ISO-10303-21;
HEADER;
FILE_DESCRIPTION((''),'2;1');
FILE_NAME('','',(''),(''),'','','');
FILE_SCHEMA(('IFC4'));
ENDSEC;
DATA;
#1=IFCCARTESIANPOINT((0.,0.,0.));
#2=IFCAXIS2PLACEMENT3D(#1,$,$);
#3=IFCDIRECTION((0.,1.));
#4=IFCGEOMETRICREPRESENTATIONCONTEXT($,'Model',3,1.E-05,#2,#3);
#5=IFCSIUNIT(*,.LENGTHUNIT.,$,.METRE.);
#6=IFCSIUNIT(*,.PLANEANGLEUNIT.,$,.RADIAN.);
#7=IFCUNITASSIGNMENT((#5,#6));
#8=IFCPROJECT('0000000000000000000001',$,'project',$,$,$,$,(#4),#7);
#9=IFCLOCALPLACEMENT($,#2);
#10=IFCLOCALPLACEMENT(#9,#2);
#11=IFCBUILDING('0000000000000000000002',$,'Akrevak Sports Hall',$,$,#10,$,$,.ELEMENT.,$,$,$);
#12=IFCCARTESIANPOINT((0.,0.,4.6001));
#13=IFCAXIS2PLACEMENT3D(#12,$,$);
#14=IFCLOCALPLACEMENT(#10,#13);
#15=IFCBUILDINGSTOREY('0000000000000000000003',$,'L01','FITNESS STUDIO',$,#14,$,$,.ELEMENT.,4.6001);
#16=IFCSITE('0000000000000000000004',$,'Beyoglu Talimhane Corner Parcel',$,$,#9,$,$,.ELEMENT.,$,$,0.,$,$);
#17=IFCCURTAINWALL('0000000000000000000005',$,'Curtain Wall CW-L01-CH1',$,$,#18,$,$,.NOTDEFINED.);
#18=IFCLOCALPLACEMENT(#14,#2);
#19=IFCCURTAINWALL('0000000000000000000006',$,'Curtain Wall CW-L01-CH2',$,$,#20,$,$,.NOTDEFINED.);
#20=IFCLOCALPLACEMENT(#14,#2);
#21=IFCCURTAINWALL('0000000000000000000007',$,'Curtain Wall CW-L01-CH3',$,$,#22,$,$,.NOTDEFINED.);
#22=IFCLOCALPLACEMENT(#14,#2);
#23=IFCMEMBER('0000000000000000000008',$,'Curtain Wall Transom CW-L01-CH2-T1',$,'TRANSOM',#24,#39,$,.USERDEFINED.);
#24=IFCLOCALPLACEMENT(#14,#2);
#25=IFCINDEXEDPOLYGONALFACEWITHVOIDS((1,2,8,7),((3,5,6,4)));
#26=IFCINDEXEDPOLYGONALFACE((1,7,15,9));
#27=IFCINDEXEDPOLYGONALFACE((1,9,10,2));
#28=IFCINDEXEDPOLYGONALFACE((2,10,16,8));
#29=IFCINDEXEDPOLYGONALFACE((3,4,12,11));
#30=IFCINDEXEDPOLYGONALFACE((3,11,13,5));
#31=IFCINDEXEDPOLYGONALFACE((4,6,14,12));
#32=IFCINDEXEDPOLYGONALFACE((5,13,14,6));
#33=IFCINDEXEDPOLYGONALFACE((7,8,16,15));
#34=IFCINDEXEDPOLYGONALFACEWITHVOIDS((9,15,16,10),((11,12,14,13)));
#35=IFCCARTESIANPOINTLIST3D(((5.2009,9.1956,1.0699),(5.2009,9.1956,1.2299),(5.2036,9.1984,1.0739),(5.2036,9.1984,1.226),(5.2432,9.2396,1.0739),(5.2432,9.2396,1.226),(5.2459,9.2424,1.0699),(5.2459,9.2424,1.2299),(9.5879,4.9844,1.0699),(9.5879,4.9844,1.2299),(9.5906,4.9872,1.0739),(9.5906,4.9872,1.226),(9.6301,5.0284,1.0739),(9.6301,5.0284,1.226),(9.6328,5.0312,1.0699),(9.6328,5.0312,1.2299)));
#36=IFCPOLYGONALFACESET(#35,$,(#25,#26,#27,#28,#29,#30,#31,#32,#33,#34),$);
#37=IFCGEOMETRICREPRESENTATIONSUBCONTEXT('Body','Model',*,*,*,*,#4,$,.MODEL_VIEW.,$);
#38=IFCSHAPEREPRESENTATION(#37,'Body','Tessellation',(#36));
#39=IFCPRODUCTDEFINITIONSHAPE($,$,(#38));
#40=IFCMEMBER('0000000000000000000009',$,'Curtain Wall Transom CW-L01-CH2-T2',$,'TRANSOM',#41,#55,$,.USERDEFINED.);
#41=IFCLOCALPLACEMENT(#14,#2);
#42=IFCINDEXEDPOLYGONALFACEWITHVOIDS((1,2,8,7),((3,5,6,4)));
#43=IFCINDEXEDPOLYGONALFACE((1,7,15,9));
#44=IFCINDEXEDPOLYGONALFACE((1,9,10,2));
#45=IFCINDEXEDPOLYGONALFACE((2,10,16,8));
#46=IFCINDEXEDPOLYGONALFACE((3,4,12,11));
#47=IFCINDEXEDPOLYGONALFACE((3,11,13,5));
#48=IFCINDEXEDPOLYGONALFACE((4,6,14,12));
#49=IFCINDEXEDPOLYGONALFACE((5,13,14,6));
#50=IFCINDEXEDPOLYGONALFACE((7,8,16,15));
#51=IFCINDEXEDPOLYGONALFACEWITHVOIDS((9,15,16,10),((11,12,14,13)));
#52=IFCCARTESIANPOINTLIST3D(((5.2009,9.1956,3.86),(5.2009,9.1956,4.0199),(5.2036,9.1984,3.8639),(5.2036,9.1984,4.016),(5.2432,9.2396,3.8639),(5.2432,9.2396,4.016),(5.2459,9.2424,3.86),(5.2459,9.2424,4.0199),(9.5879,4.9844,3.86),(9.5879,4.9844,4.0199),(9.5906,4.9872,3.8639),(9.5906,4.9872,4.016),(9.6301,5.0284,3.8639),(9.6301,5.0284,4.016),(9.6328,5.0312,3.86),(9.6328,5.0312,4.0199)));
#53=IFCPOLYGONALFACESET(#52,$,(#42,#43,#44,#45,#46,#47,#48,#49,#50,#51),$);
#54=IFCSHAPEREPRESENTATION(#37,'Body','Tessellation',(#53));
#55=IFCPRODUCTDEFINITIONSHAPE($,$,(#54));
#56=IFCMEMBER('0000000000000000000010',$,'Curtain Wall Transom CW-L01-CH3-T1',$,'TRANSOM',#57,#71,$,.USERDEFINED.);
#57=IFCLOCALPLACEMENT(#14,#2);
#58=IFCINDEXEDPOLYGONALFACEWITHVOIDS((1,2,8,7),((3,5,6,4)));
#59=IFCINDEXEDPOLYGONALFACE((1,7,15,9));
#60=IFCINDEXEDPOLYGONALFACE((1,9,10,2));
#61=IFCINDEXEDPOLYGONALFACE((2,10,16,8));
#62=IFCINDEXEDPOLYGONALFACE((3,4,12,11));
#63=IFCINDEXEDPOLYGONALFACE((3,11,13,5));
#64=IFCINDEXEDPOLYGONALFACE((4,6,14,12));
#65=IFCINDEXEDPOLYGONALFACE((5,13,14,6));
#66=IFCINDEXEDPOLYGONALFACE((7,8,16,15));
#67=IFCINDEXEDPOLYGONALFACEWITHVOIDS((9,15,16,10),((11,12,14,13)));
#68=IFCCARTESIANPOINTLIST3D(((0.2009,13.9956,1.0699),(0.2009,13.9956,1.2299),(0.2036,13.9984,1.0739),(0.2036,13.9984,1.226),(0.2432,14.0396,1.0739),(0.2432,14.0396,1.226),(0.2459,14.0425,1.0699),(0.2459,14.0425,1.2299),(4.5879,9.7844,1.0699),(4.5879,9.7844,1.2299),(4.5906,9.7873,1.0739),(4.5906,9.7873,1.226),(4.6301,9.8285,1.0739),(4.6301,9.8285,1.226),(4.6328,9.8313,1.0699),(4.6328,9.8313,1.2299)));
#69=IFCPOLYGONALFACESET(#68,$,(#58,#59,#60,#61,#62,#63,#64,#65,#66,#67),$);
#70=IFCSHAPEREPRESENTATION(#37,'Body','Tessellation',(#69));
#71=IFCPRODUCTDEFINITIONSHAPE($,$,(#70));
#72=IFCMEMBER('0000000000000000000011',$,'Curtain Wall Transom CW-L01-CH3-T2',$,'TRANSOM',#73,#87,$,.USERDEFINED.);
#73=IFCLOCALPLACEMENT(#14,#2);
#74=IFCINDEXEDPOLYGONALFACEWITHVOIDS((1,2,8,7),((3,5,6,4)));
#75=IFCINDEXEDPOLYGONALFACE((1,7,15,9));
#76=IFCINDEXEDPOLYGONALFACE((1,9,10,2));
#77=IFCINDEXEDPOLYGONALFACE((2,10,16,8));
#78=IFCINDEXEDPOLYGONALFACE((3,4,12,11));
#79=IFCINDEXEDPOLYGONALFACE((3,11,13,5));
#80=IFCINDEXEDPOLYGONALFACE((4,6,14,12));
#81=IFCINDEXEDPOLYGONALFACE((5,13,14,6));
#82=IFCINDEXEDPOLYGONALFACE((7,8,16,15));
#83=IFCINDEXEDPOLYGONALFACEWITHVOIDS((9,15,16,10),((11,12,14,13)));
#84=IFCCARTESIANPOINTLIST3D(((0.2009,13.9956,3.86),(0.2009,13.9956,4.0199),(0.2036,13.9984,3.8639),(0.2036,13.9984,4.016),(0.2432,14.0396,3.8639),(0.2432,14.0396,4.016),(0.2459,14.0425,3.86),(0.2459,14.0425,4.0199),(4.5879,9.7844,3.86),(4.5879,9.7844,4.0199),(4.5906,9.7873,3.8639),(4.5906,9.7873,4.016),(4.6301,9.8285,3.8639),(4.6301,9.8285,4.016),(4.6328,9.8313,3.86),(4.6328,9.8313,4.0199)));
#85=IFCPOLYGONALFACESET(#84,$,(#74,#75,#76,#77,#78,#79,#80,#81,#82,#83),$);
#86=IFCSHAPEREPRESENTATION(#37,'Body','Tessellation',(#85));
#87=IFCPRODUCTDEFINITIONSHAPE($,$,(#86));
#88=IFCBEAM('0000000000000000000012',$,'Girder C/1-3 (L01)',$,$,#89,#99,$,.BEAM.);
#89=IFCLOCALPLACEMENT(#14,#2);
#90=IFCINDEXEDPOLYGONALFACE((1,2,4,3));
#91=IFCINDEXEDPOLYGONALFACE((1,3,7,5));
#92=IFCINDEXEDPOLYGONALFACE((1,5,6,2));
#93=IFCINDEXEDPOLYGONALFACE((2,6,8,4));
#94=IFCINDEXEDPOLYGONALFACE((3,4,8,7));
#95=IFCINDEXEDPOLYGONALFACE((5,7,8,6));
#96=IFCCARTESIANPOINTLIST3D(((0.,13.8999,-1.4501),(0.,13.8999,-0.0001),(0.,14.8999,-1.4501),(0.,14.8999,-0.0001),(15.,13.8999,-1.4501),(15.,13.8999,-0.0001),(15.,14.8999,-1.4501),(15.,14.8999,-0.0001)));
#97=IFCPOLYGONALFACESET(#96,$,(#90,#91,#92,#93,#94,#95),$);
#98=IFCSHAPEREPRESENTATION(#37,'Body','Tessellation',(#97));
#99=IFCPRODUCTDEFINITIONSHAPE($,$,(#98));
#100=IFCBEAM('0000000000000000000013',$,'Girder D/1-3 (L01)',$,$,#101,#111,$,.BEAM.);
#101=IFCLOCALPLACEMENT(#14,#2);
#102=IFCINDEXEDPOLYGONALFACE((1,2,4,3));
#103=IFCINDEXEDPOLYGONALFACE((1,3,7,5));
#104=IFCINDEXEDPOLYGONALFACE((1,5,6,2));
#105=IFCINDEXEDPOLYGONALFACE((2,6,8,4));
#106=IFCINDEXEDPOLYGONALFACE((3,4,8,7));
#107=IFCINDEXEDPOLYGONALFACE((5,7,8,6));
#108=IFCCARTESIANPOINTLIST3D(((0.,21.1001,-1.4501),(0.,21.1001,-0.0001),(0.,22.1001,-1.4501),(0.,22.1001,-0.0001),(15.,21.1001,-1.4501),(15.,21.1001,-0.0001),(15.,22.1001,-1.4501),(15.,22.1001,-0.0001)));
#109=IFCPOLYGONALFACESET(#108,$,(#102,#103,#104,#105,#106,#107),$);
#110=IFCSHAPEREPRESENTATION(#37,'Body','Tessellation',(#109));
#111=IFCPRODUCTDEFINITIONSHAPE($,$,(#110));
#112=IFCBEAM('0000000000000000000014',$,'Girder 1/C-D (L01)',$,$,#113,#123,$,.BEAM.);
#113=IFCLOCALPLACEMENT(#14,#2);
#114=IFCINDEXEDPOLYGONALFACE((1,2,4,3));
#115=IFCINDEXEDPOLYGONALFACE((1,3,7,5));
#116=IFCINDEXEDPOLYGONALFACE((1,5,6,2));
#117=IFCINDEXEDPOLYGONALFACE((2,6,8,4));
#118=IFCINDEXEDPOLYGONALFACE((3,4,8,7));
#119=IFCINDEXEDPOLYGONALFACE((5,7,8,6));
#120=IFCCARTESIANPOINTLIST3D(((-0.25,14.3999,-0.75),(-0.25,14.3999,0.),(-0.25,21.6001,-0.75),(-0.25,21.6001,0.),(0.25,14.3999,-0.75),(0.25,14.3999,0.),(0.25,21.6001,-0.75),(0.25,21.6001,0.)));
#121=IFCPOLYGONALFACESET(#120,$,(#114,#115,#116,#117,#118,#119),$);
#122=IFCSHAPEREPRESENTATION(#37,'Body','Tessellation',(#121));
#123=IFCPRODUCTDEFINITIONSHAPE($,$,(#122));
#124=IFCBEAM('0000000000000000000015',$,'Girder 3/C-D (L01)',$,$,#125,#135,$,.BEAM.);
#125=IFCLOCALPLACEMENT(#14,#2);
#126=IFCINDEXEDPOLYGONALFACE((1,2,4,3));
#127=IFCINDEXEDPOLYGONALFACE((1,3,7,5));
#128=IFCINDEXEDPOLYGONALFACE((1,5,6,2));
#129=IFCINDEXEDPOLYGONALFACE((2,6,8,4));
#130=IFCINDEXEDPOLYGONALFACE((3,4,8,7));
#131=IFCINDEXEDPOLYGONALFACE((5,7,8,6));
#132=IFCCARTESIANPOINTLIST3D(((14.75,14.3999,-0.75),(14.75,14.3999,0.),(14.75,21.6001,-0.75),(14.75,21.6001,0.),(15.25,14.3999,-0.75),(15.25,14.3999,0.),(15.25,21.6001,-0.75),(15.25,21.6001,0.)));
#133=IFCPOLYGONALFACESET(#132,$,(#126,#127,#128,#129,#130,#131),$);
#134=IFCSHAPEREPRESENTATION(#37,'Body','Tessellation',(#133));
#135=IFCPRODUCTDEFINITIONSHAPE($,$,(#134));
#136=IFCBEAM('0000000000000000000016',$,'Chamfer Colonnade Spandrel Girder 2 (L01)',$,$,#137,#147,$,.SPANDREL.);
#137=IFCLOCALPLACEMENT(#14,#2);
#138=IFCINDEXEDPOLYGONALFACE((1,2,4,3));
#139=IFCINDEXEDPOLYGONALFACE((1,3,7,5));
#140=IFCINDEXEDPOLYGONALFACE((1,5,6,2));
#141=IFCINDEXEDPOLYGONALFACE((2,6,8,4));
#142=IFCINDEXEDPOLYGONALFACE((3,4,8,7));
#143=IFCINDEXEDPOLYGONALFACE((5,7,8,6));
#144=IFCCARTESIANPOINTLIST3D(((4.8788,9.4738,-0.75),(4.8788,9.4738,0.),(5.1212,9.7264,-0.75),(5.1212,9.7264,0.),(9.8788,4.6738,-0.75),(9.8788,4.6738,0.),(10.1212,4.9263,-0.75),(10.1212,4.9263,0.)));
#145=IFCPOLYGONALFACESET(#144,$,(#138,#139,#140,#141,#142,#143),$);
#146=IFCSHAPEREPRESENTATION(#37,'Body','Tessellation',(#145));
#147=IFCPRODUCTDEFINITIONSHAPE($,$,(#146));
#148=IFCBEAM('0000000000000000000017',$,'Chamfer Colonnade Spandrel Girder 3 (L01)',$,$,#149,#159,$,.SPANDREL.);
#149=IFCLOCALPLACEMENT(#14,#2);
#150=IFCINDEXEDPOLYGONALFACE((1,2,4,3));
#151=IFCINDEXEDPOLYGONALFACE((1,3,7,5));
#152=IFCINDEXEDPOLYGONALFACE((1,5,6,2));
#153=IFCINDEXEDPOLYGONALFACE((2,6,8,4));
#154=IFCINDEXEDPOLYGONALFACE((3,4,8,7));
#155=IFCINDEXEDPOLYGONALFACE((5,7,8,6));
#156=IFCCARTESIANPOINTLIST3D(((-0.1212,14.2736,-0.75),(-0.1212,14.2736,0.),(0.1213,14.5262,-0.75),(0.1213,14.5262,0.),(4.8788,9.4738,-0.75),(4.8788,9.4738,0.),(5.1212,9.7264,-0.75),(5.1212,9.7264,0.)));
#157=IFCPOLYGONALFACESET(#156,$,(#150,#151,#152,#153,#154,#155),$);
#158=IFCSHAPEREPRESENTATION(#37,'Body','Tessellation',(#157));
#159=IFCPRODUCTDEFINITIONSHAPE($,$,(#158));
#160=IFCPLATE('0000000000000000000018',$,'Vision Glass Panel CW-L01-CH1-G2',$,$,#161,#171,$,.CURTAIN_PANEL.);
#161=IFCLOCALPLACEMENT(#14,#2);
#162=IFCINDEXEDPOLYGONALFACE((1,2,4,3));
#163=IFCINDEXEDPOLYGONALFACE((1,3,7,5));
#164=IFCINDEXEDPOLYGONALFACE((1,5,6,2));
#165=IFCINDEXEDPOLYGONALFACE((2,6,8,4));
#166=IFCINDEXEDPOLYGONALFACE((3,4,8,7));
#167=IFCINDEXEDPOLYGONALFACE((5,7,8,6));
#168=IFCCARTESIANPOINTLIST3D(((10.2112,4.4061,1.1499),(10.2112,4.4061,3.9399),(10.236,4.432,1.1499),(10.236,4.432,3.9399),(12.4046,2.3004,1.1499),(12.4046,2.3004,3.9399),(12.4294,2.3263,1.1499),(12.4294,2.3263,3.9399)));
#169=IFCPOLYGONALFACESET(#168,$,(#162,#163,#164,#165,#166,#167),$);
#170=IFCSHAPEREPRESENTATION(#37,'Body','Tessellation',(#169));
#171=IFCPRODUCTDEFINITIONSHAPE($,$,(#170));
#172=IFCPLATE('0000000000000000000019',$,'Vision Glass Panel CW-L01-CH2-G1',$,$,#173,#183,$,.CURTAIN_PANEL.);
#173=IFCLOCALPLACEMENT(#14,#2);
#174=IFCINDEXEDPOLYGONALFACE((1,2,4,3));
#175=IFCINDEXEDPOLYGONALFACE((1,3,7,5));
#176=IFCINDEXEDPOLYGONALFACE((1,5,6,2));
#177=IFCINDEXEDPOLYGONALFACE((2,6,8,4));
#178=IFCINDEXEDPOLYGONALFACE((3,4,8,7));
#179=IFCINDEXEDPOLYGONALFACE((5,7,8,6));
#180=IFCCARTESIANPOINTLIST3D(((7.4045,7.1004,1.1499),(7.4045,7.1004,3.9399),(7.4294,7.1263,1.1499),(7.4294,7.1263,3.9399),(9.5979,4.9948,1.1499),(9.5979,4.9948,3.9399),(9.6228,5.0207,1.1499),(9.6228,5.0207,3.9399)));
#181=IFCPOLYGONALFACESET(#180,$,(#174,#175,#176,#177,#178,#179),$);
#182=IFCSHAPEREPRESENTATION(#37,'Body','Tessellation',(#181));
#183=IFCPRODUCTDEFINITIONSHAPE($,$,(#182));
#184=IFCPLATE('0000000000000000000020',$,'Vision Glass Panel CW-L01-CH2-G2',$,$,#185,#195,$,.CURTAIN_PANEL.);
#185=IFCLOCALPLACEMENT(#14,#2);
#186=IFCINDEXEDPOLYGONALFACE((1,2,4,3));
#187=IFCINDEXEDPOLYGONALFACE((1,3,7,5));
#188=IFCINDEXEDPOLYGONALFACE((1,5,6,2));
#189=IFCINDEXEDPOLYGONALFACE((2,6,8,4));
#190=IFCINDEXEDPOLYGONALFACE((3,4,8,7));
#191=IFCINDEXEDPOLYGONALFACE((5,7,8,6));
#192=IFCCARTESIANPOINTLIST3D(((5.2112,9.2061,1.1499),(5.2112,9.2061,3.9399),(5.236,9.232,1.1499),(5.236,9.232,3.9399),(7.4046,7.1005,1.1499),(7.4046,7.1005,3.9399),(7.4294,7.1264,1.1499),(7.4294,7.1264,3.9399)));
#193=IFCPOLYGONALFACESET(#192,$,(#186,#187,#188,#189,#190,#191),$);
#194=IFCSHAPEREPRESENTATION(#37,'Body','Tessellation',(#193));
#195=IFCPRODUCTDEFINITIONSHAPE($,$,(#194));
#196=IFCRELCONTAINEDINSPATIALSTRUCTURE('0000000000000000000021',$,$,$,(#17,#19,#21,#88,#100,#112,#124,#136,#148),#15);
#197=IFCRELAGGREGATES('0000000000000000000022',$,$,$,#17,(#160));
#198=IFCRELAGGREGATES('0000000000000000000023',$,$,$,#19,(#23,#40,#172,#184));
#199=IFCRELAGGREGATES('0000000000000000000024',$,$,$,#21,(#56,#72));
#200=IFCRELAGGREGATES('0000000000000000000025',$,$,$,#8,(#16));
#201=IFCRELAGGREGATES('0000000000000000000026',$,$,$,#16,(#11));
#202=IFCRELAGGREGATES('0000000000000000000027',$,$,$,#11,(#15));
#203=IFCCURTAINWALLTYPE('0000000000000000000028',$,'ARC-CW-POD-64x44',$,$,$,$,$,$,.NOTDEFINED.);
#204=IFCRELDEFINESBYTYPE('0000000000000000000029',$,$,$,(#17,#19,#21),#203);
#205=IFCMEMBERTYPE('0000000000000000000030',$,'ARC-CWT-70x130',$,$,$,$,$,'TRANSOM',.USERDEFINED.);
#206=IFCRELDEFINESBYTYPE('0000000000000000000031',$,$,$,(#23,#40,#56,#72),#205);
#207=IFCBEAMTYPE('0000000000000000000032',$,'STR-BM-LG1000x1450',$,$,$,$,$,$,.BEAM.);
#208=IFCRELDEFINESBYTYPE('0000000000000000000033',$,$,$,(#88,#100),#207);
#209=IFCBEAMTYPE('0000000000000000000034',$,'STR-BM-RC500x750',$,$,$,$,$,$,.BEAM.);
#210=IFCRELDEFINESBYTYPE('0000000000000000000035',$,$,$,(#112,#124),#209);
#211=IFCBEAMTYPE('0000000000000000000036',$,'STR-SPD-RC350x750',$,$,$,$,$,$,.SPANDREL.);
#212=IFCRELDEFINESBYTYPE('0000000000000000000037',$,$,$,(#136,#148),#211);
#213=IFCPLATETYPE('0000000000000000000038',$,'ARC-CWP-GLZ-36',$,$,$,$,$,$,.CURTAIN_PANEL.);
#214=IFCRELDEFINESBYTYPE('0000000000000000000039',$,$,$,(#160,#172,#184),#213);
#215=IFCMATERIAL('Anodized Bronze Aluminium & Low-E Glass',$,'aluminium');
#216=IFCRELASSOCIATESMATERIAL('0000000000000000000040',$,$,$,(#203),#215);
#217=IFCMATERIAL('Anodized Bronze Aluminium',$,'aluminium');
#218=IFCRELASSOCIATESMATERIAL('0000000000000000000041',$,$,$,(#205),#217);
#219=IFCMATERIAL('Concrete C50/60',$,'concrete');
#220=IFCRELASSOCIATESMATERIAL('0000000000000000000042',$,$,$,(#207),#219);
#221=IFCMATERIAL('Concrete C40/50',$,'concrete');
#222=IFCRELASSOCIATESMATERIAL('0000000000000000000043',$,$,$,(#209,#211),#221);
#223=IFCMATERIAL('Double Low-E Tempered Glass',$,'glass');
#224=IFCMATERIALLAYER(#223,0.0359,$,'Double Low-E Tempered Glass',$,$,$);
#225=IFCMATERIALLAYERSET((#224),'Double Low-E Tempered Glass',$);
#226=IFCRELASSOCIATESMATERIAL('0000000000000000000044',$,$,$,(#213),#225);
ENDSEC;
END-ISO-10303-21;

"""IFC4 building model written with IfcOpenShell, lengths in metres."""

from ifc_helpers import new_model, si_unit, direction, frame, origin, origin_2d, place, context, subcontext, project, spatial, rectangle, hollow_rectangle, extrude, material, layer, layer_set, material_profile, profile_set, type_object, element, aggregate, save


model = new_model("IFC4")

# Units and contexts
model_context = context("Model", 3, precision=1e-05, world=origin(), true_north=direction((0.0, 1.0)))
body_context = subcontext(model_context, "Body", "Model", "MODEL_VIEW")
ifc_project = project(units=[si_unit("LENGTHUNIT", "METRE"), si_unit("PLANEANGLEUNIT", "RADIAN")], contexts=[model_context])

# Site, building, storey
site_placement = place(None, origin())
site = spatial("IfcSite", under=ifc_project, at=site_placement, Name="Beyoglu Talimhane Corner Parcel", CompositionType="ELEMENT", RefElevation=0.0)
building_placement = place(site_placement, origin())
building = spatial("IfcBuilding", under=site, at=building_placement, Name="Akrevak Sports Hall", CompositionType="ELEMENT")
storey_placement = place(building_placement, frame((0.0, 0.0, 4.6001)))
storey = spatial("IfcBuildingStorey", under=building, at=storey_placement, Name="L01", Description="FITNESS STUDIO", CompositionType="ELEMENT", Elevation=4.6001)

# Shared definitions
ifc_material_1 = material(Name="Concrete C50/60", Category="concrete")

# Curtain walls
ifc_material_2 = material(Name="Anodized Bronze Aluminium & Low-E Glass", Category="aluminium")
curtain_wall_type = type_object("IfcCurtainWallType", Name="ARC-CW-POD-64x44", PredefinedType="NOTDEFINED", material=ifc_material_2)
curtain_wall_1_placement = place(storey_placement, origin())
curtain_wall_1 = element("IfcCurtainWall", 1, at=curtain_wall_1_placement, inside=storey, type_object=curtain_wall_type, Name="Curtain Wall CW-L01-CH1", PredefinedType="NOTDEFINED")
ifc_material_3 = material(Name="Anodized Bronze Aluminium", Category="aluminium")
curtain_wall_2_placement = place(storey_placement, origin())
curtain_wall_2 = element("IfcCurtainWall", 2, at=curtain_wall_2_placement, inside=storey, type_object=curtain_wall_type, Name="Curtain Wall CW-L01-CH2", PredefinedType="NOTDEFINED")
curtain_wall_3_placement = place(storey_placement, origin())
curtain_wall_3 = element("IfcCurtainWall", 3, at=curtain_wall_3_placement, inside=storey, type_object=curtain_wall_type, Name="Curtain Wall CW-L01-CH3", PredefinedType="NOTDEFINED")

# Members
ifc_material_profile_1 = material_profile(ifc_material_3, hollow_rectangle(XDim=0.0649, YDim=0.1599, WallThickness=0.0039, at=origin_2d()), Name="CWT 65x160", Category="aluminium")
ifc_profile_set_1 = profile_set([ifc_material_profile_1], Name="Anodized Bronze Aluminium")
member_type_1 = type_object("IfcMemberType", Name="ARC-CWT-70x130", ElementType="TRANSOM", PredefinedType="USERDEFINED", material=ifc_profile_set_1)
member_1_placement = place(storey_placement, frame((9.6104, 5.0078, 1.1499), z_axis=(-0.721412, 0.692506, 0.0), x_axis=(-0.692506, -0.721412, 0.0)))
member_1 = element("IfcMember", 4, at=member_1_placement, type_object=member_type_1, Name="Curtain Wall Transom CW-L01-CH2-T1", ObjectType="TRANSOM", PredefinedType="USERDEFINED", context=body_context, shape_type="SweptSolid", body=[
    extrude(hollow_rectangle(XDim=0.0649, YDim=0.1599, WallThickness=0.0039, at=origin_2d()), origin(), (0.0, 0.0, 1.0), 6.0811),
])
member_2_placement = place(storey_placement, frame((9.6104, 5.0078, 3.9399), z_axis=(-0.721412, 0.692506, 0.0), x_axis=(-0.692506, -0.721412, 0.0)))
member_2 = element("IfcMember", 5, at=member_2_placement, type_object=member_type_1, Name="Curtain Wall Transom CW-L01-CH2-T2", ObjectType="TRANSOM", PredefinedType="USERDEFINED", context=body_context, shape_type="SweptSolid", body=[
    extrude(hollow_rectangle(XDim=0.0649, YDim=0.1599, WallThickness=0.0039, at=origin_2d()), origin(), (0.0, 0.0, 1.0), 6.0811),
])
member_3_placement = place(storey_placement, frame((4.6104, 9.8079, 1.1499), z_axis=(-0.721412, 0.692506, 0.0), x_axis=(-0.692506, -0.721412, 0.0)))
member_3 = element("IfcMember", 6, at=member_3_placement, type_object=member_type_1, Name="Curtain Wall Transom CW-L01-CH3-T1", ObjectType="TRANSOM", PredefinedType="USERDEFINED", context=body_context, shape_type="SweptSolid", body=[
    extrude(hollow_rectangle(XDim=0.0649, YDim=0.1599, WallThickness=0.0039, at=origin_2d()), origin(), (0.0, 0.0, 1.0), 6.0811),
])
member_4_placement = place(storey_placement, frame((4.6104, 9.8079, 3.9399), z_axis=(-0.721412, 0.692506, 0.0), x_axis=(-0.692506, -0.721412, 0.0)))
member_4 = element("IfcMember", 7, at=member_4_placement, type_object=member_type_1, Name="Curtain Wall Transom CW-L01-CH3-T2", ObjectType="TRANSOM", PredefinedType="USERDEFINED", context=body_context, shape_type="SweptSolid", body=[
    extrude(hollow_rectangle(XDim=0.0649, YDim=0.1599, WallThickness=0.0039, at=origin_2d()), origin(), (0.0, 0.0, 1.0), 6.0811),
])

# Beams
ifc_material_profile_2 = material_profile(ifc_material_1, rectangle(XDim=1.0, YDim=1.45, at=origin_2d()), Name="BM 1000x1450", Category="concrete")
ifc_profile_set_2 = profile_set([ifc_material_profile_2], Name="Concrete C50/60")
beam_type_1 = type_object("IfcBeamType", Name="STR-BM-LG1000x1450", PredefinedType="BEAM", material=ifc_profile_set_2)
for number, where, z_axis, x_axis, name in (
    (8, (0.0, 14.3999, -0.7251), (1.0, 0.0, 0.0), (0.0, 1.0, 0.0), "Girder C/1-3 (L01)"),
    (9, (0.0, 21.6001, -0.7251), (1.0, 0.0, 0.0), (0.0, 1.0, 0.0), "Girder D/1-3 (L01)"),
):
    element("IfcBeam", number, at=place(storey_placement, frame(where, z_axis=z_axis, x_axis=x_axis)), inside=storey, type_object=beam_type_1, Name=name, PredefinedType="BEAM", context=body_context, shape_type="SweptSolid", body=[
        extrude(rectangle(XDim=1.0, YDim=1.45, at=origin_2d()), origin(), (0.0, 0.0, 1.0), 15.0),
    ])
ifc_material_4 = material(Name="Concrete C40/50", Category="concrete")
ifc_material_profile_3 = material_profile(ifc_material_4, rectangle(XDim=0.5, YDim=0.75, at=origin_2d()), Name="BM 500x750", Category="concrete")
ifc_profile_set_3 = profile_set([ifc_material_profile_3], Name="Concrete C40/50")
beam_type_2 = type_object("IfcBeamType", Name="STR-BM-RC500x750", PredefinedType="BEAM", material=ifc_profile_set_3)
for number, where, z_axis, x_axis, name in (
    (10, (0.0, 14.3999, -0.375), (0.0, 1.0, 0.0), (-1.0, 0.0, 0.0), "Girder 1/C-D (L01)"),
    (11, (15.0, 14.3999, -0.375), (0.0, 1.0, 0.0), (-1.0, 0.0, 0.0), "Girder 3/C-D (L01)"),
):
    element("IfcBeam", number, at=place(storey_placement, frame(where, z_axis=z_axis, x_axis=x_axis)), inside=storey, type_object=beam_type_2, Name=name, PredefinedType="BEAM", context=body_context, shape_type="SweptSolid", body=[
        extrude(rectangle(XDim=0.5, YDim=0.75, at=origin_2d()), origin(), (0.0, 0.0, 1.0), 7.2002),
    ])
ifc_material_profile_4 = material_profile(ifc_material_4, rectangle(XDim=0.3501, YDim=0.75, at=origin_2d()), Name="SPD 350x750", Category="concrete")
ifc_profile_set_4 = profile_set([ifc_material_profile_4], Name="Concrete C40/50")
beam_type_3 = type_object("IfcBeamType", Name="STR-SPD-RC350x750", PredefinedType="SPANDREL", material=ifc_profile_set_4)
beam_1_placement = place(storey_placement, frame((10.0, 4.8, -0.375), z_axis=(-0.721384, 0.692535, 0.0), x_axis=(-0.692535, -0.721384, 0.0)))
element("IfcBeam", 12, at=beam_1_placement, inside=storey, type_object=beam_type_3, Name="Chamfer Colonnade Spandrel Girder 2 (L01)", PredefinedType="SPANDREL", context=body_context, shape_type="SweptSolid", body=[
    extrude(rectangle(XDim=0.3501, YDim=0.75, at=origin_2d()), origin(), (0.0, 0.0, 1.0), 6.9312),
])
beam_2_placement = place(storey_placement, frame((5.0, 9.6001, -0.375), z_axis=(-0.721401, 0.692517, 0.0), x_axis=(-0.692517, -0.721401, 0.0)))
element("IfcBeam", 13, at=beam_2_placement, inside=storey, type_object=beam_type_3, Name="Chamfer Colonnade Spandrel Girder 3 (L01)", PredefinedType="SPANDREL", context=body_context, shape_type="SweptSolid", body=[
    extrude(rectangle(XDim=0.3501, YDim=0.75, at=origin_2d()), origin(), (0.0, 0.0, 1.0), 6.9309),
])

# Plates
ifc_material_5 = material(Name="Double Low-E Tempered Glass", Category="glass")
ifc_layer_1 = layer(ifc_material_5, 0.0359, Name="Double Low-E Tempered Glass")
ifc_layer_set_1 = layer_set([ifc_layer_1], Name="Double Low-E Tempered Glass")
plate_type_1 = type_object("IfcPlateType", Name="ARC-CWP-GLZ-36", PredefinedType="CURTAIN_PANEL", material=ifc_layer_set_1)
plate_1_placement = place(storey_placement, frame((11.3203, 3.3662, 1.1499), z_axis=(0.0, 0.0, 1.0), x_axis=(-0.721386, 0.692534, 0.0)))
plate_1 = element("IfcPlate", 14, at=plate_1_placement, type_object=plate_type_1, Name="Vision Glass Panel CW-L01-CH1-G2", PredefinedType="CURTAIN_PANEL", context=body_context, shape_type="SweptSolid", body=[
    extrude(rectangle(XDim=3.0405, YDim=0.0359, at=origin_2d()), origin(), (0.0, 0.0, 1.0), 2.79),
])
plate_2_placement = place(storey_placement, frame((8.5137, 6.0605, 1.1499), z_axis=(0.0, 0.0, 1.0), x_axis=(-0.721386, 0.692534, 0.0)))
plate_2 = element("IfcPlate", 15, at=plate_2_placement, type_object=plate_type_1, Name="Vision Glass Panel CW-L01-CH2-G1", PredefinedType="CURTAIN_PANEL", context=body_context, shape_type="SweptSolid", body=[
    extrude(rectangle(XDim=3.0405, YDim=0.0359, at=origin_2d()), origin(), (0.0, 0.0, 1.0), 2.79),
])
plate_3_placement = place(storey_placement, frame((6.3203, 8.1663, 1.1499), z_axis=(0.0, 0.0, 1.0), x_axis=(-0.721386, 0.692534, 0.0)))
plate_3 = element("IfcPlate", 16, at=plate_3_placement, type_object=plate_type_1, Name="Vision Glass Panel CW-L01-CH2-G2", PredefinedType="CURTAIN_PANEL", context=body_context, shape_type="SweptSolid", body=[
    extrude(rectangle(XDim=3.0405, YDim=0.0359, at=origin_2d()), origin(), (0.0, 0.0, 1.0), 2.79),
])
aggregate(curtain_wall_1, [plate_1])
aggregate(curtain_wall_2, [member_1, member_2, plate_2, plate_3])
aggregate(curtain_wall_3, [member_3, member_4])

save(model, "model.ifc")
